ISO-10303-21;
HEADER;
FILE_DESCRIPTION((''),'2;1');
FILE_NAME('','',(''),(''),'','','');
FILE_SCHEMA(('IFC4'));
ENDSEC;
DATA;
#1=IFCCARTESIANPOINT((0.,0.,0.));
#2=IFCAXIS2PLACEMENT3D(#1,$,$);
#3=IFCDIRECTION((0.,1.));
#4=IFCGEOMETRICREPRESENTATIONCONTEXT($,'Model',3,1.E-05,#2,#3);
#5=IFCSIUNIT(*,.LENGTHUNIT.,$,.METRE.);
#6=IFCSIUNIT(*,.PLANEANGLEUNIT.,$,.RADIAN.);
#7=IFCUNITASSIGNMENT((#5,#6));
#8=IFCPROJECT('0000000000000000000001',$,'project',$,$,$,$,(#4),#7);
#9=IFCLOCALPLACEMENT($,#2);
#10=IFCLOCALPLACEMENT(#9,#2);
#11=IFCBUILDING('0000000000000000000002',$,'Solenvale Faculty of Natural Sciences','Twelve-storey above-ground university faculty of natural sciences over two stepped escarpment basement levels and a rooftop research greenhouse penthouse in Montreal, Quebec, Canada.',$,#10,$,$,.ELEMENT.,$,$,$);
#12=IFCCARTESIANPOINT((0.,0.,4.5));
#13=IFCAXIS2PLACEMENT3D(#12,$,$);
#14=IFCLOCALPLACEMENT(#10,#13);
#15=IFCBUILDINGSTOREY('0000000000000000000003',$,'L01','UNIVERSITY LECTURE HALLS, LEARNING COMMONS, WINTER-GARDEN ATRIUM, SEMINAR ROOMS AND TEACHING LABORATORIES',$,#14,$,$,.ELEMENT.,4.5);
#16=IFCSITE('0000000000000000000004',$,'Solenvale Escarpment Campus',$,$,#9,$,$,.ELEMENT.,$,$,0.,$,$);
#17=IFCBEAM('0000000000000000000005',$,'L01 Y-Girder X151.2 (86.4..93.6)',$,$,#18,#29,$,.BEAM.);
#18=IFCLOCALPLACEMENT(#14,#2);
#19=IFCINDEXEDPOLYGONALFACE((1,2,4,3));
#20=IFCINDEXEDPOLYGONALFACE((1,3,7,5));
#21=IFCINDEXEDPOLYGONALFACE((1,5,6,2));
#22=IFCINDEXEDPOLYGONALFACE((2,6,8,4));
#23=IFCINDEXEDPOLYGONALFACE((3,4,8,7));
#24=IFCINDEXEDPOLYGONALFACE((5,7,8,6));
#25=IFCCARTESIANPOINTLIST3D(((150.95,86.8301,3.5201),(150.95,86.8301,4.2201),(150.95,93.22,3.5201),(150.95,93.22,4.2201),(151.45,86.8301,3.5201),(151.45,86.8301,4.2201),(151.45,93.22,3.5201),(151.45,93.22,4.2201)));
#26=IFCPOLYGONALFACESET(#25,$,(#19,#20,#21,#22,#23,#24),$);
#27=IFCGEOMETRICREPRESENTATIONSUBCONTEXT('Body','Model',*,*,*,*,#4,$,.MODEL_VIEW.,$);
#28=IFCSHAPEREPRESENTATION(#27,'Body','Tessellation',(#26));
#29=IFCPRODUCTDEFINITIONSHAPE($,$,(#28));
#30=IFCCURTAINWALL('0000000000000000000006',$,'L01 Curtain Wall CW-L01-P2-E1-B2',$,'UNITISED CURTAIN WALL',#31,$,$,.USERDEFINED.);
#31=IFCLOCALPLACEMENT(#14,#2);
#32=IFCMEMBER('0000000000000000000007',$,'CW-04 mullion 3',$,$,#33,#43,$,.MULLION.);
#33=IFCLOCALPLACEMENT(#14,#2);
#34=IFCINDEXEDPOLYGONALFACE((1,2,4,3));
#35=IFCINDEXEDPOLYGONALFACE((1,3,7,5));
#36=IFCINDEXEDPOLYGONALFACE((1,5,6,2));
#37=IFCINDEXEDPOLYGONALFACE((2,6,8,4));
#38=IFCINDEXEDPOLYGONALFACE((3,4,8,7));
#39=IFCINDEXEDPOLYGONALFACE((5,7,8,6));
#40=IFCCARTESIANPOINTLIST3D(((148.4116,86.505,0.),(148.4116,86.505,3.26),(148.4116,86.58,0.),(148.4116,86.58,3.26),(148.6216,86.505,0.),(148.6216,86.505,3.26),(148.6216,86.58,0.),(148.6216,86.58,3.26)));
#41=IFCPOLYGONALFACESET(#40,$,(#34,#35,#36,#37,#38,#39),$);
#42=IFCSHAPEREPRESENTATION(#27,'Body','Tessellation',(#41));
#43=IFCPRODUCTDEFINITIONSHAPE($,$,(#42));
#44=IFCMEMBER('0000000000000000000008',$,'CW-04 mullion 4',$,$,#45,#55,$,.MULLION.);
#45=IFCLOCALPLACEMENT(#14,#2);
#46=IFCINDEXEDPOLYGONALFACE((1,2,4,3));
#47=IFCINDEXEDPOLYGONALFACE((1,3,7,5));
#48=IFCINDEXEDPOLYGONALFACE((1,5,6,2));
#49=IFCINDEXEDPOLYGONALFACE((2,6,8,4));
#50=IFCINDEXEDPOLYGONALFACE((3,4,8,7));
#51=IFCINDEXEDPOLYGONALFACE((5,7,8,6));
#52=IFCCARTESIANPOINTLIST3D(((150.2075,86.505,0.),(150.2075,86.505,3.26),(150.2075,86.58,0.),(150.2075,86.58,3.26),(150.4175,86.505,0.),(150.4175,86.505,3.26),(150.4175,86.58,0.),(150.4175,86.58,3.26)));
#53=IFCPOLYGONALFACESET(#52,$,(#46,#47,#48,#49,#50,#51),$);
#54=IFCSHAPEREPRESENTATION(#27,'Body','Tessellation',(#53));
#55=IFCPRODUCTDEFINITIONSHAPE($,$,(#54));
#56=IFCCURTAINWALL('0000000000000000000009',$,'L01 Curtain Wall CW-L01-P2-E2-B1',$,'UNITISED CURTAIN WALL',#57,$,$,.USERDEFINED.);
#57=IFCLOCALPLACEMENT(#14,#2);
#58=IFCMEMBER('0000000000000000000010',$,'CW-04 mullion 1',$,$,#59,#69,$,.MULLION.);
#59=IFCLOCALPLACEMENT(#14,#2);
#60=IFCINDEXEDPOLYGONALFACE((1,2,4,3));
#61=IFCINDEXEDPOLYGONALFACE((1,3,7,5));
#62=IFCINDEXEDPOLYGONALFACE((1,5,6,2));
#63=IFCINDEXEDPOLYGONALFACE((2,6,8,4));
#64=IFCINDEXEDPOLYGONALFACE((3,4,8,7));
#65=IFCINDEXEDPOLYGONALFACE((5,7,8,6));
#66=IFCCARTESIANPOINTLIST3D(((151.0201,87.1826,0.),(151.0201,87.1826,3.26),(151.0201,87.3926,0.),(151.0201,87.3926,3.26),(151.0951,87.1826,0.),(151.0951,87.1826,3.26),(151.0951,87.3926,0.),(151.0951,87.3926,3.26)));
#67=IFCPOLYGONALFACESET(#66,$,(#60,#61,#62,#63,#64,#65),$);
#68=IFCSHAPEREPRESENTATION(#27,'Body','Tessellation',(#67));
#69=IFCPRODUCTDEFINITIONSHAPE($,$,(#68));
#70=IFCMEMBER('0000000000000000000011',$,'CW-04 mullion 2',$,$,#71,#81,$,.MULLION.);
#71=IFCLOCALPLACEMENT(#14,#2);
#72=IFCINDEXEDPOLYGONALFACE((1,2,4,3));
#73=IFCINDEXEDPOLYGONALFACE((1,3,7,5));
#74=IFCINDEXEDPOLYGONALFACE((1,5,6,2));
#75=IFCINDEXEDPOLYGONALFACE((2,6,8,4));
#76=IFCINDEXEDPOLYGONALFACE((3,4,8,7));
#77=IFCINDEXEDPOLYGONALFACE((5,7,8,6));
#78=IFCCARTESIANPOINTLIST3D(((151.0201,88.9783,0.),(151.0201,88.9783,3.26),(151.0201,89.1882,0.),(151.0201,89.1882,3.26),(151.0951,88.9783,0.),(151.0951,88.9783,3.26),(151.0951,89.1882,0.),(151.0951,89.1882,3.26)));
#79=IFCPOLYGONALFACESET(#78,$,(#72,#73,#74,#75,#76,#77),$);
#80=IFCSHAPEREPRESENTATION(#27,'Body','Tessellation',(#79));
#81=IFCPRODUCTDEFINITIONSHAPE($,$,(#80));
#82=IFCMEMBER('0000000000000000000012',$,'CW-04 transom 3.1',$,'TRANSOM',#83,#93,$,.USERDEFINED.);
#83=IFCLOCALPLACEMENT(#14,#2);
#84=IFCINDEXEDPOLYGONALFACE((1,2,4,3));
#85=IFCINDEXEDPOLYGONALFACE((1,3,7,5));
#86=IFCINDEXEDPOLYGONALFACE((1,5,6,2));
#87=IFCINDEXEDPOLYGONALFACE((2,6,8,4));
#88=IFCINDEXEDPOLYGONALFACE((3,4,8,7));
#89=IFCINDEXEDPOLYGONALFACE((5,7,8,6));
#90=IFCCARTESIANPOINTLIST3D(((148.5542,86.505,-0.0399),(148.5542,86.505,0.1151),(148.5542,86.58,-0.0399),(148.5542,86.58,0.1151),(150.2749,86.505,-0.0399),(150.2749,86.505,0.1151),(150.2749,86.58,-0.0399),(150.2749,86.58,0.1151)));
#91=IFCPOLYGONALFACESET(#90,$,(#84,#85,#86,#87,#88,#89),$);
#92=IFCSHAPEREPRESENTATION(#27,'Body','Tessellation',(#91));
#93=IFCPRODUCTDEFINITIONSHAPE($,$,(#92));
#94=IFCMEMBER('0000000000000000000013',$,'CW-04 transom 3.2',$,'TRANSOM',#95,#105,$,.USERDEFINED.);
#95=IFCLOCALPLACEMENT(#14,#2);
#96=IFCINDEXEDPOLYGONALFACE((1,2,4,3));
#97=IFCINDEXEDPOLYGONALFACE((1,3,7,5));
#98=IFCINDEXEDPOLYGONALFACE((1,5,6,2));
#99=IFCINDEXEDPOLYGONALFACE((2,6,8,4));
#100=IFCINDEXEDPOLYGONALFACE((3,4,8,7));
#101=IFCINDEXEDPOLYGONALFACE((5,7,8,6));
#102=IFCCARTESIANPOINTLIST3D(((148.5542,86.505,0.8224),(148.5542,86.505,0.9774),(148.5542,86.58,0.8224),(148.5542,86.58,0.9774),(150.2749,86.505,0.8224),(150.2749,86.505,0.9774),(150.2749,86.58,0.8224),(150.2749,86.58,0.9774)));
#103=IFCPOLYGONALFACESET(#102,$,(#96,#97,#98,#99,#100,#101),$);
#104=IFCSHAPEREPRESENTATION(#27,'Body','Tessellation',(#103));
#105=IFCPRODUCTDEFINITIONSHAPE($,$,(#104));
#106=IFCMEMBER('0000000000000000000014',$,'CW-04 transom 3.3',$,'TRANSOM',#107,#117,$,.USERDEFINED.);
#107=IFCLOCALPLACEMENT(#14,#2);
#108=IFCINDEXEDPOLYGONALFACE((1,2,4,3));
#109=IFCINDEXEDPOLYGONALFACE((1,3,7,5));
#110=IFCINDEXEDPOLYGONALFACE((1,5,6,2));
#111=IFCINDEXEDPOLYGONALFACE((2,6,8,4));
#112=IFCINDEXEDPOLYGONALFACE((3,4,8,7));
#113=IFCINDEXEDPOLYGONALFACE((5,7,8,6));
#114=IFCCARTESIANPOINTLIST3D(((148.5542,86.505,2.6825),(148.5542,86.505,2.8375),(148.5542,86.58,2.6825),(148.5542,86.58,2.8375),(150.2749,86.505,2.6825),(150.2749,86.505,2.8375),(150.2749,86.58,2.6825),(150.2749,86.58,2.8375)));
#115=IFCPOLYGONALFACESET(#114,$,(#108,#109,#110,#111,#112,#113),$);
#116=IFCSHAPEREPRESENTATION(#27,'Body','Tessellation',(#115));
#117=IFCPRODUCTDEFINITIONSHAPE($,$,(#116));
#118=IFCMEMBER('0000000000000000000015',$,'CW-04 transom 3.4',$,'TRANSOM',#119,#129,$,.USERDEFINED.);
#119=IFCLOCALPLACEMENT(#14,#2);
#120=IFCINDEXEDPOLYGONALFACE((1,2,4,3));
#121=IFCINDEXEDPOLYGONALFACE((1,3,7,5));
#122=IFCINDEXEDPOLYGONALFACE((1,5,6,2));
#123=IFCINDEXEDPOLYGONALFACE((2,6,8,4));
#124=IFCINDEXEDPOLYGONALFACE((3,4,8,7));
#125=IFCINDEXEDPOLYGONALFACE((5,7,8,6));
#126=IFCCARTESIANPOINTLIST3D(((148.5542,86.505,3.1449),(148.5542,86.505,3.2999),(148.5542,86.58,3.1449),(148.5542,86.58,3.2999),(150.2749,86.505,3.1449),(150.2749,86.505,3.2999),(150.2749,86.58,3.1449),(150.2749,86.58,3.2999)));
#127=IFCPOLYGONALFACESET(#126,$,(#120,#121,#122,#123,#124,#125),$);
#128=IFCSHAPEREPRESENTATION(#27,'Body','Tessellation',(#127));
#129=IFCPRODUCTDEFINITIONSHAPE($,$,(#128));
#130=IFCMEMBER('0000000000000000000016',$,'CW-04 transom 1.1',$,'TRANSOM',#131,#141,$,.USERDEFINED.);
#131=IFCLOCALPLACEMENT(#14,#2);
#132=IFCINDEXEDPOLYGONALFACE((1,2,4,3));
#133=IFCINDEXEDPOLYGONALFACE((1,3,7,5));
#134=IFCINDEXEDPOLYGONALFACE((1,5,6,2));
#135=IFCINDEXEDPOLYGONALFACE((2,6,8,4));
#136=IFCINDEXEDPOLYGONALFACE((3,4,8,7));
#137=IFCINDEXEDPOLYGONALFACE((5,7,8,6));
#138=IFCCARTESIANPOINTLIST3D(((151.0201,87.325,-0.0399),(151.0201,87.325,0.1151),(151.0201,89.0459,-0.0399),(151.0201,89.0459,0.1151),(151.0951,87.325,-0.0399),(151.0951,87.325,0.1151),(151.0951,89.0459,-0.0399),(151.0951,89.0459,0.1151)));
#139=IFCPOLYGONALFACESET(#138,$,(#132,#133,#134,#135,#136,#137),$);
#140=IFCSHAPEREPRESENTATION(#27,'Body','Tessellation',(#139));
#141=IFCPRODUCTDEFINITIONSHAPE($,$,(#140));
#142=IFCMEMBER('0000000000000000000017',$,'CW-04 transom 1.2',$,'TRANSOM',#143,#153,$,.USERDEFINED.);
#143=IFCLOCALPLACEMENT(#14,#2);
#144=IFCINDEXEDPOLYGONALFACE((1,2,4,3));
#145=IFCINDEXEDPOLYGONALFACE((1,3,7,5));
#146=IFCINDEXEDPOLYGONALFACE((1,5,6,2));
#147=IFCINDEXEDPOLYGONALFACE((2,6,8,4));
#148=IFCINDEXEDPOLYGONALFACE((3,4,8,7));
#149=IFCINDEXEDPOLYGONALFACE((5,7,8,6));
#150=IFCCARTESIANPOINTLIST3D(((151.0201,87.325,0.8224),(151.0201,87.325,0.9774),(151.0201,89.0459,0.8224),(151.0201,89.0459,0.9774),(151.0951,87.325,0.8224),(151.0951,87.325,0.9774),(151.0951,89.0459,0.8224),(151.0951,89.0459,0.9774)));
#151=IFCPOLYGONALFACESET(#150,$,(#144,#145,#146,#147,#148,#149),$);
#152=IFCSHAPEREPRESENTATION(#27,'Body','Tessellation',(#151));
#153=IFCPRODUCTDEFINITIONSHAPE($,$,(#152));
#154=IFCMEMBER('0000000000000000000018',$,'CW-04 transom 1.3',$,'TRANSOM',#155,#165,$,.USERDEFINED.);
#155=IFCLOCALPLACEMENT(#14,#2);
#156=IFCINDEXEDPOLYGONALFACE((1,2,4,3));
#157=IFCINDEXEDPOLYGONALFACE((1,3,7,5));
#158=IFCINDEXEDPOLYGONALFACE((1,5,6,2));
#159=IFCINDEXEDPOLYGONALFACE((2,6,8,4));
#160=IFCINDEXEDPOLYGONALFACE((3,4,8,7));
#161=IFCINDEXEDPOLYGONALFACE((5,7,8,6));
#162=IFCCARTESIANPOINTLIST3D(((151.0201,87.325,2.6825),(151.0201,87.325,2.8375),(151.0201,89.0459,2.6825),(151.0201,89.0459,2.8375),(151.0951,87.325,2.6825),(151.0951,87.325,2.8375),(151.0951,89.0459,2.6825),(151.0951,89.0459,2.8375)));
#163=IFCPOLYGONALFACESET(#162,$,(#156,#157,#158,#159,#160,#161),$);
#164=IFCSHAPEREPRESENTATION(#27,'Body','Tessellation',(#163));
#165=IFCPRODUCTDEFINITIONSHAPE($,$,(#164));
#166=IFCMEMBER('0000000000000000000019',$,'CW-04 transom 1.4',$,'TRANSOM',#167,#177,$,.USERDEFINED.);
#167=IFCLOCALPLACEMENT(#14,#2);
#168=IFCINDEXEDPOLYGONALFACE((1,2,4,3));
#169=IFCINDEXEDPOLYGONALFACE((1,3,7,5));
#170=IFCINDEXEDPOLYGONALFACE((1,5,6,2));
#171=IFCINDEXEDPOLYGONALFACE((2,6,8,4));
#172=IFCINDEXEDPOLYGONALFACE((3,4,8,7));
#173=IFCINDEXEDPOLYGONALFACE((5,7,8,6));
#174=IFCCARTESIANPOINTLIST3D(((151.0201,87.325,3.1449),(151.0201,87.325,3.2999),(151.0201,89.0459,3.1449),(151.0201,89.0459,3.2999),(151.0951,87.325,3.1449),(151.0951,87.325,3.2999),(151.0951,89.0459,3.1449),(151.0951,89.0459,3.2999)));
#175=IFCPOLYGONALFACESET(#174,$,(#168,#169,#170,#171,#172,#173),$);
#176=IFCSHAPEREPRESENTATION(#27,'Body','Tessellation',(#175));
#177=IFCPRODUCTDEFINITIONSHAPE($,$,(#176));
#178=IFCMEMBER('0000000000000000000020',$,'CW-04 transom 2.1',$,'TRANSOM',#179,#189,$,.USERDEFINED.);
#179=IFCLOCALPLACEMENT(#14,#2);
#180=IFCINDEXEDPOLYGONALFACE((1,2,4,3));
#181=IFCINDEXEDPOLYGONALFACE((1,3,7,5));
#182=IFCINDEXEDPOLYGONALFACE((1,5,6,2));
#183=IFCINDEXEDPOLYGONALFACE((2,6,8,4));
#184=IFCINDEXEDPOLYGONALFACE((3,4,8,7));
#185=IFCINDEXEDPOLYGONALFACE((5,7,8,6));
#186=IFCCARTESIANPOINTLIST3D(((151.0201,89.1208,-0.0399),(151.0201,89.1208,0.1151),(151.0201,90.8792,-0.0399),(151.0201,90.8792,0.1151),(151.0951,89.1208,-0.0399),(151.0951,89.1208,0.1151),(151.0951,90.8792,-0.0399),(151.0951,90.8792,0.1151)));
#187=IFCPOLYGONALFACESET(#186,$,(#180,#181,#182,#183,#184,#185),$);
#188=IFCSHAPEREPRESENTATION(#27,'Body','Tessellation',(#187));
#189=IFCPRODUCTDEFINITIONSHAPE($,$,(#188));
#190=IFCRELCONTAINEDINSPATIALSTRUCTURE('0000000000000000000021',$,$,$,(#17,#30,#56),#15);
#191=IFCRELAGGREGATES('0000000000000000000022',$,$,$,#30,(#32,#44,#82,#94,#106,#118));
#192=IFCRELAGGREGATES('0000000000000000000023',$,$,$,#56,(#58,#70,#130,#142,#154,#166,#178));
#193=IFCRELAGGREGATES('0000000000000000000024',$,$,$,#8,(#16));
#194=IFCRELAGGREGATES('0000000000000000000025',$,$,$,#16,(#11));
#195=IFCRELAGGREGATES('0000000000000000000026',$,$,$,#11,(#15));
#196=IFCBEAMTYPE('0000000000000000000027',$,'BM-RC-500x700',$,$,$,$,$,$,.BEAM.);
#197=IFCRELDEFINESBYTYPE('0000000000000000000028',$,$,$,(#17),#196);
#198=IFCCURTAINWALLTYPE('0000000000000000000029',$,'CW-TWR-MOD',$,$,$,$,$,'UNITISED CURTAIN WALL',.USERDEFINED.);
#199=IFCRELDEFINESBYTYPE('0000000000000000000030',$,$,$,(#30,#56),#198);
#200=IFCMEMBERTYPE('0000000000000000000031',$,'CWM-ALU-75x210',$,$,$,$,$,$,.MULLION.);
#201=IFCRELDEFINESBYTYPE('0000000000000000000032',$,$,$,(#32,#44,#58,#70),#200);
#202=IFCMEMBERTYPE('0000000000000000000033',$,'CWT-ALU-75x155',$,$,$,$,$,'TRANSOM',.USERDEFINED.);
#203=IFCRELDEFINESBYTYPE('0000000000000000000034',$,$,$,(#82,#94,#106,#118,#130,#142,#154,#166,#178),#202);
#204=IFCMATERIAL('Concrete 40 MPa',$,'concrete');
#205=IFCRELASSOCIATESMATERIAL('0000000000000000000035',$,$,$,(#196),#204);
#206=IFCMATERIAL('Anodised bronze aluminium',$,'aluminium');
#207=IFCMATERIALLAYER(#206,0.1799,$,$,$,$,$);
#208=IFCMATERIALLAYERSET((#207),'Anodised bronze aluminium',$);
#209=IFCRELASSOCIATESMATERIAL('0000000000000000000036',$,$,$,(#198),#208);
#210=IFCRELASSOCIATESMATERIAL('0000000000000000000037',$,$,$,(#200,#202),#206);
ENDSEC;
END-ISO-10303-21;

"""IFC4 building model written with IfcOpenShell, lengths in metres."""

from ifc_helpers import new_model, si_unit, direction, frame, origin, origin_2d, place, context, subcontext, project, spatial, rectangle, extrude, material, layer, layer_set, material_profile, profile_set, type_object, element, aggregate, save


model = new_model("IFC4")

# Units and contexts
model_context = context("Model", 3, precision=1e-05, world=origin(), true_north=direction((0.0, 1.0)))
body_context = subcontext(model_context, "Body", "Model", "MODEL_VIEW")
ifc_project = project(units=[si_unit("LENGTHUNIT", "METRE"), si_unit("PLANEANGLEUNIT", "RADIAN")], contexts=[model_context])

# Site, building, storey
site_placement = place(None, origin())
site = spatial("IfcSite", under=ifc_project, at=site_placement, Name="Solenvale Escarpment Campus", CompositionType="ELEMENT", RefElevation=0.0)
building_placement = place(site_placement, origin())
building = spatial("IfcBuilding", under=site, at=building_placement, Name="Solenvale Faculty of Natural Sciences", Description="Twelve-storey above-ground university faculty of natural sciences over two stepped escarpment basement levels and a rooftop research greenhouse penthouse in Montreal, Quebec, Canada.", CompositionType="ELEMENT")
storey_placement = place(building_placement, frame((0.0, 0.0, 4.5)))
storey = spatial("IfcBuildingStorey", under=building, at=storey_placement, Name="L01", Description="UNIVERSITY LECTURE HALLS, LEARNING COMMONS, WINTER-GARDEN ATRIUM, SEMINAR ROOMS AND TEACHING LABORATORIES", CompositionType="ELEMENT", Elevation=4.5)

# Beam
ifc_material_1 = material(Name="Concrete 40 MPa", Category="concrete")
ifc_material_profile_1 = material_profile(ifc_material_1, rectangle(XDim=0.5, YDim=0.7, at=origin_2d()), Name="RC-BM-500x700")
ifc_profile_set_1 = profile_set([ifc_material_profile_1], Name="Concrete 40 MPa")
beam_type = type_object("IfcBeamType", Name="BM-RC-500x700", PredefinedType="BEAM", material=ifc_profile_set_1)
beam_placement = place(storey_placement, frame((151.2, 86.8301, 3.8701), z_axis=(0.0, 1.0, 0.0), x_axis=(-1.0, 0.0, 0.0)))
element("IfcBeam", 1, at=beam_placement, inside=storey, type_object=beam_type, Name="L01 Y-Girder X151.2 (86.4..93.6)", PredefinedType="BEAM", context=body_context, shape_type="SweptSolid", body=[
    extrude(rectangle(XDim=0.5, YDim=0.7, at=origin_2d()), origin(), (0.0, 0.0, 1.0), 6.3899),
])

# Curtain walls, members
ifc_material_2 = material(Name="Anodised bronze aluminium", Category="aluminium")
ifc_layer_1 = layer(ifc_material_2, 0.1799)
ifc_layer_set_1 = layer_set([ifc_layer_1], Name="Anodised bronze aluminium")
curtain_wall_type = type_object("IfcCurtainWallType", Name="CW-TWR-MOD", ElementType="UNITISED CURTAIN WALL", PredefinedType="USERDEFINED", material=ifc_layer_set_1)
curtain_wall_1_placement = place(storey_placement, origin())
curtain_wall_1 = element("IfcCurtainWall", 2, at=curtain_wall_1_placement, inside=storey, type_object=curtain_wall_type, Name="L01 Curtain Wall CW-L01-P2-E1-B2", ObjectType="UNITISED CURTAIN WALL", PredefinedType="USERDEFINED")
ifc_material_profile_2 = material_profile(ifc_material_2, rectangle(XDim=0.075, YDim=0.21, at=origin_2d()), Name="ALU-MUL-75x210")
ifc_profile_set_2 = profile_set([ifc_material_profile_2], Name="Anodised bronze aluminium")
member_type_1 = type_object("IfcMemberType", Name="CWM-ALU-75x210", PredefinedType="MULLION", material=ifc_profile_set_2)
member_1_placement = place(storey_placement, frame((148.5166, 86.5425, 0.0), z_axis=(0.0, 0.0, 1.0), x_axis=(0.0, 1.0, 0.0)))
member_1 = element("IfcMember", 3, at=member_1_placement, type_object=member_type_1, Name="CW-04 mullion 3", PredefinedType="MULLION", context=body_context, shape_type="SweptSolid", body=[
    extrude(rectangle(XDim=0.075, YDim=0.21, at=origin_2d()), origin(), (0.0, 0.0, 1.0), 3.26),
])
member_2_placement = place(storey_placement, frame((150.3125, 86.5425, 0.0), z_axis=(0.0, 0.0, 1.0), x_axis=(0.0, 1.0, 0.0)))
member_2 = element("IfcMember", 4, at=member_2_placement, type_object=member_type_1, Name="CW-04 mullion 4", PredefinedType="MULLION", context=body_context, shape_type="SweptSolid", body=[
    extrude(rectangle(XDim=0.075, YDim=0.21, at=origin_2d()), origin(), (0.0, 0.0, 1.0), 3.26),
])
curtain_wall_2_placement = place(storey_placement, origin())
curtain_wall_2 = element("IfcCurtainWall", 5, at=curtain_wall_2_placement, inside=storey, type_object=curtain_wall_type, Name="L01 Curtain Wall CW-L01-P2-E2-B1", ObjectType="UNITISED CURTAIN WALL", PredefinedType="USERDEFINED")
member_3_placement = place(storey_placement, frame((151.0576, 87.2876, 0.0), z_axis=(0.0, 0.0, 1.0), x_axis=(-1.0, 0.0, 0.0)))
member_3 = element("IfcMember", 6, at=member_3_placement, type_object=member_type_1, Name="CW-04 mullion 1", PredefinedType="MULLION", context=body_context, shape_type="SweptSolid", body=[
    extrude(rectangle(XDim=0.075, YDim=0.21, at=origin_2d()), origin(), (0.0, 0.0, 1.0), 3.26),
])
member_4_placement = place(storey_placement, frame((151.0576, 89.0833, 0.0), z_axis=(0.0, 0.0, 1.0), x_axis=(-1.0, 0.0, 0.0)))
member_4 = element("IfcMember", 7, at=member_4_placement, type_object=member_type_1, Name="CW-04 mullion 2", PredefinedType="MULLION", context=body_context, shape_type="SweptSolid", body=[
    extrude(rectangle(XDim=0.075, YDim=0.21, at=origin_2d()), origin(), (0.0, 0.0, 1.0), 3.26),
])

# Members
ifc_material_profile_3 = material_profile(ifc_material_2, rectangle(XDim=0.075, YDim=0.155, at=origin_2d()), Name="ALU-TRN-75x155")
ifc_profile_set_3 = profile_set([ifc_material_profile_3], Name="Anodised bronze aluminium")
member_type_2 = type_object("IfcMemberType", Name="CWT-ALU-75x155", ElementType="TRANSOM", PredefinedType="USERDEFINED", material=ifc_profile_set_3)
member_5_placement = place(storey_placement, frame((148.5542, 86.5425, 0.0376), z_axis=(1.0, 0.0, 0.0), x_axis=(0.0, 1.0, 0.0)))
member_5 = element("IfcMember", 8, at=member_5_placement, type_object=member_type_2, Name="CW-04 transom 3.1", ObjectType="TRANSOM", PredefinedType="USERDEFINED", context=body_context, shape_type="SweptSolid", body=[
    extrude(rectangle(XDim=0.075, YDim=0.155, at=origin_2d()), origin(), (0.0, 0.0, 1.0), 1.7207),
])
member_6_placement = place(storey_placement, frame((148.5542, 86.5425, 0.8999), z_axis=(1.0, 0.0, 0.0), x_axis=(0.0, 1.0, 0.0)))
member_6 = element("IfcMember", 9, at=member_6_placement, type_object=member_type_2, Name="CW-04 transom 3.2", ObjectType="TRANSOM", PredefinedType="USERDEFINED", context=body_context, shape_type="SweptSolid", body=[
    extrude(rectangle(XDim=0.075, YDim=0.155, at=origin_2d()), origin(), (0.0, 0.0, 1.0), 1.7207),
])
member_7_placement = place(storey_placement, frame((148.5542, 86.5425, 2.76), z_axis=(1.0, 0.0, 0.0), x_axis=(0.0, 1.0, 0.0)))
member_7 = element("IfcMember", 10, at=member_7_placement, type_object=member_type_2, Name="CW-04 transom 3.3", ObjectType="TRANSOM", PredefinedType="USERDEFINED", context=body_context, shape_type="SweptSolid", body=[
    extrude(rectangle(XDim=0.075, YDim=0.155, at=origin_2d()), origin(), (0.0, 0.0, 1.0), 1.7207),
])
member_8_placement = place(storey_placement, frame((148.5542, 86.5425, 3.2224), z_axis=(1.0, 0.0, 0.0), x_axis=(0.0, 1.0, 0.0)))
member_8 = element("IfcMember", 11, at=member_8_placement, type_object=member_type_2, Name="CW-04 transom 3.4", ObjectType="TRANSOM", PredefinedType="USERDEFINED", context=body_context, shape_type="SweptSolid", body=[
    extrude(rectangle(XDim=0.075, YDim=0.155, at=origin_2d()), origin(), (0.0, 0.0, 1.0), 1.7207),
])
member_9_placement = place(storey_placement, frame((151.0576, 87.325, 0.0376), z_axis=(0.0, 1.0, 0.0), x_axis=(-1.0, 0.0, 0.0)))
member_9 = element("IfcMember", 12, at=member_9_placement, type_object=member_type_2, Name="CW-04 transom 1.1", ObjectType="TRANSOM", PredefinedType="USERDEFINED", context=body_context, shape_type="SweptSolid", body=[
    extrude(rectangle(XDim=0.075, YDim=0.155, at=origin_2d()), origin(), (0.0, 0.0, 1.0), 1.7209),
])
member_10_placement = place(storey_placement, frame((151.0576, 87.325, 0.8999), z_axis=(0.0, 1.0, 0.0), x_axis=(-1.0, 0.0, 0.0)))
member_10 = element("IfcMember", 13, at=member_10_placement, type_object=member_type_2, Name="CW-04 transom 1.2", ObjectType="TRANSOM", PredefinedType="USERDEFINED", context=body_context, shape_type="SweptSolid", body=[
    extrude(rectangle(XDim=0.075, YDim=0.155, at=origin_2d()), origin(), (0.0, 0.0, 1.0), 1.7209),
])
member_11_placement = place(storey_placement, frame((151.0576, 87.325, 2.76), z_axis=(0.0, 1.0, 0.0), x_axis=(-1.0, 0.0, 0.0)))
member_11 = element("IfcMember", 14, at=member_11_placement, type_object=member_type_2, Name="CW-04 transom 1.3", ObjectType="TRANSOM", PredefinedType="USERDEFINED", context=body_context, shape_type="SweptSolid", body=[
    extrude(rectangle(XDim=0.075, YDim=0.155, at=origin_2d()), origin(), (0.0, 0.0, 1.0), 1.7209),
])
member_12_placement = place(storey_placement, frame((151.0576, 87.325, 3.2224), z_axis=(0.0, 1.0, 0.0), x_axis=(-1.0, 0.0, 0.0)))
member_12 = element("IfcMember", 15, at=member_12_placement, type_object=member_type_2, Name="CW-04 transom 1.4", ObjectType="TRANSOM", PredefinedType="USERDEFINED", context=body_context, shape_type="SweptSolid", body=[
    extrude(rectangle(XDim=0.075, YDim=0.155, at=origin_2d()), origin(), (0.0, 0.0, 1.0), 1.7209),
])
member_13_placement = place(storey_placement, frame((151.0576, 89.1208, 0.0376), z_axis=(0.0, 1.0, 0.0), x_axis=(-1.0, 0.0, 0.0)))
member_13 = element("IfcMember", 16, at=member_13_placement, type_object=member_type_2, Name="CW-04 transom 2.1", ObjectType="TRANSOM", PredefinedType="USERDEFINED", context=body_context, shape_type="SweptSolid", body=[
    extrude(rectangle(XDim=0.075, YDim=0.155, at=origin_2d()), origin(), (0.0, 0.0, 1.0), 1.7583),
])

aggregate(curtain_wall_1, [member_1, member_2, member_5, member_6, member_7, member_8])
aggregate(curtain_wall_2, [member_3, member_4, member_9, member_10, member_11, member_12, member_13])

save(model, "model.ifc")
